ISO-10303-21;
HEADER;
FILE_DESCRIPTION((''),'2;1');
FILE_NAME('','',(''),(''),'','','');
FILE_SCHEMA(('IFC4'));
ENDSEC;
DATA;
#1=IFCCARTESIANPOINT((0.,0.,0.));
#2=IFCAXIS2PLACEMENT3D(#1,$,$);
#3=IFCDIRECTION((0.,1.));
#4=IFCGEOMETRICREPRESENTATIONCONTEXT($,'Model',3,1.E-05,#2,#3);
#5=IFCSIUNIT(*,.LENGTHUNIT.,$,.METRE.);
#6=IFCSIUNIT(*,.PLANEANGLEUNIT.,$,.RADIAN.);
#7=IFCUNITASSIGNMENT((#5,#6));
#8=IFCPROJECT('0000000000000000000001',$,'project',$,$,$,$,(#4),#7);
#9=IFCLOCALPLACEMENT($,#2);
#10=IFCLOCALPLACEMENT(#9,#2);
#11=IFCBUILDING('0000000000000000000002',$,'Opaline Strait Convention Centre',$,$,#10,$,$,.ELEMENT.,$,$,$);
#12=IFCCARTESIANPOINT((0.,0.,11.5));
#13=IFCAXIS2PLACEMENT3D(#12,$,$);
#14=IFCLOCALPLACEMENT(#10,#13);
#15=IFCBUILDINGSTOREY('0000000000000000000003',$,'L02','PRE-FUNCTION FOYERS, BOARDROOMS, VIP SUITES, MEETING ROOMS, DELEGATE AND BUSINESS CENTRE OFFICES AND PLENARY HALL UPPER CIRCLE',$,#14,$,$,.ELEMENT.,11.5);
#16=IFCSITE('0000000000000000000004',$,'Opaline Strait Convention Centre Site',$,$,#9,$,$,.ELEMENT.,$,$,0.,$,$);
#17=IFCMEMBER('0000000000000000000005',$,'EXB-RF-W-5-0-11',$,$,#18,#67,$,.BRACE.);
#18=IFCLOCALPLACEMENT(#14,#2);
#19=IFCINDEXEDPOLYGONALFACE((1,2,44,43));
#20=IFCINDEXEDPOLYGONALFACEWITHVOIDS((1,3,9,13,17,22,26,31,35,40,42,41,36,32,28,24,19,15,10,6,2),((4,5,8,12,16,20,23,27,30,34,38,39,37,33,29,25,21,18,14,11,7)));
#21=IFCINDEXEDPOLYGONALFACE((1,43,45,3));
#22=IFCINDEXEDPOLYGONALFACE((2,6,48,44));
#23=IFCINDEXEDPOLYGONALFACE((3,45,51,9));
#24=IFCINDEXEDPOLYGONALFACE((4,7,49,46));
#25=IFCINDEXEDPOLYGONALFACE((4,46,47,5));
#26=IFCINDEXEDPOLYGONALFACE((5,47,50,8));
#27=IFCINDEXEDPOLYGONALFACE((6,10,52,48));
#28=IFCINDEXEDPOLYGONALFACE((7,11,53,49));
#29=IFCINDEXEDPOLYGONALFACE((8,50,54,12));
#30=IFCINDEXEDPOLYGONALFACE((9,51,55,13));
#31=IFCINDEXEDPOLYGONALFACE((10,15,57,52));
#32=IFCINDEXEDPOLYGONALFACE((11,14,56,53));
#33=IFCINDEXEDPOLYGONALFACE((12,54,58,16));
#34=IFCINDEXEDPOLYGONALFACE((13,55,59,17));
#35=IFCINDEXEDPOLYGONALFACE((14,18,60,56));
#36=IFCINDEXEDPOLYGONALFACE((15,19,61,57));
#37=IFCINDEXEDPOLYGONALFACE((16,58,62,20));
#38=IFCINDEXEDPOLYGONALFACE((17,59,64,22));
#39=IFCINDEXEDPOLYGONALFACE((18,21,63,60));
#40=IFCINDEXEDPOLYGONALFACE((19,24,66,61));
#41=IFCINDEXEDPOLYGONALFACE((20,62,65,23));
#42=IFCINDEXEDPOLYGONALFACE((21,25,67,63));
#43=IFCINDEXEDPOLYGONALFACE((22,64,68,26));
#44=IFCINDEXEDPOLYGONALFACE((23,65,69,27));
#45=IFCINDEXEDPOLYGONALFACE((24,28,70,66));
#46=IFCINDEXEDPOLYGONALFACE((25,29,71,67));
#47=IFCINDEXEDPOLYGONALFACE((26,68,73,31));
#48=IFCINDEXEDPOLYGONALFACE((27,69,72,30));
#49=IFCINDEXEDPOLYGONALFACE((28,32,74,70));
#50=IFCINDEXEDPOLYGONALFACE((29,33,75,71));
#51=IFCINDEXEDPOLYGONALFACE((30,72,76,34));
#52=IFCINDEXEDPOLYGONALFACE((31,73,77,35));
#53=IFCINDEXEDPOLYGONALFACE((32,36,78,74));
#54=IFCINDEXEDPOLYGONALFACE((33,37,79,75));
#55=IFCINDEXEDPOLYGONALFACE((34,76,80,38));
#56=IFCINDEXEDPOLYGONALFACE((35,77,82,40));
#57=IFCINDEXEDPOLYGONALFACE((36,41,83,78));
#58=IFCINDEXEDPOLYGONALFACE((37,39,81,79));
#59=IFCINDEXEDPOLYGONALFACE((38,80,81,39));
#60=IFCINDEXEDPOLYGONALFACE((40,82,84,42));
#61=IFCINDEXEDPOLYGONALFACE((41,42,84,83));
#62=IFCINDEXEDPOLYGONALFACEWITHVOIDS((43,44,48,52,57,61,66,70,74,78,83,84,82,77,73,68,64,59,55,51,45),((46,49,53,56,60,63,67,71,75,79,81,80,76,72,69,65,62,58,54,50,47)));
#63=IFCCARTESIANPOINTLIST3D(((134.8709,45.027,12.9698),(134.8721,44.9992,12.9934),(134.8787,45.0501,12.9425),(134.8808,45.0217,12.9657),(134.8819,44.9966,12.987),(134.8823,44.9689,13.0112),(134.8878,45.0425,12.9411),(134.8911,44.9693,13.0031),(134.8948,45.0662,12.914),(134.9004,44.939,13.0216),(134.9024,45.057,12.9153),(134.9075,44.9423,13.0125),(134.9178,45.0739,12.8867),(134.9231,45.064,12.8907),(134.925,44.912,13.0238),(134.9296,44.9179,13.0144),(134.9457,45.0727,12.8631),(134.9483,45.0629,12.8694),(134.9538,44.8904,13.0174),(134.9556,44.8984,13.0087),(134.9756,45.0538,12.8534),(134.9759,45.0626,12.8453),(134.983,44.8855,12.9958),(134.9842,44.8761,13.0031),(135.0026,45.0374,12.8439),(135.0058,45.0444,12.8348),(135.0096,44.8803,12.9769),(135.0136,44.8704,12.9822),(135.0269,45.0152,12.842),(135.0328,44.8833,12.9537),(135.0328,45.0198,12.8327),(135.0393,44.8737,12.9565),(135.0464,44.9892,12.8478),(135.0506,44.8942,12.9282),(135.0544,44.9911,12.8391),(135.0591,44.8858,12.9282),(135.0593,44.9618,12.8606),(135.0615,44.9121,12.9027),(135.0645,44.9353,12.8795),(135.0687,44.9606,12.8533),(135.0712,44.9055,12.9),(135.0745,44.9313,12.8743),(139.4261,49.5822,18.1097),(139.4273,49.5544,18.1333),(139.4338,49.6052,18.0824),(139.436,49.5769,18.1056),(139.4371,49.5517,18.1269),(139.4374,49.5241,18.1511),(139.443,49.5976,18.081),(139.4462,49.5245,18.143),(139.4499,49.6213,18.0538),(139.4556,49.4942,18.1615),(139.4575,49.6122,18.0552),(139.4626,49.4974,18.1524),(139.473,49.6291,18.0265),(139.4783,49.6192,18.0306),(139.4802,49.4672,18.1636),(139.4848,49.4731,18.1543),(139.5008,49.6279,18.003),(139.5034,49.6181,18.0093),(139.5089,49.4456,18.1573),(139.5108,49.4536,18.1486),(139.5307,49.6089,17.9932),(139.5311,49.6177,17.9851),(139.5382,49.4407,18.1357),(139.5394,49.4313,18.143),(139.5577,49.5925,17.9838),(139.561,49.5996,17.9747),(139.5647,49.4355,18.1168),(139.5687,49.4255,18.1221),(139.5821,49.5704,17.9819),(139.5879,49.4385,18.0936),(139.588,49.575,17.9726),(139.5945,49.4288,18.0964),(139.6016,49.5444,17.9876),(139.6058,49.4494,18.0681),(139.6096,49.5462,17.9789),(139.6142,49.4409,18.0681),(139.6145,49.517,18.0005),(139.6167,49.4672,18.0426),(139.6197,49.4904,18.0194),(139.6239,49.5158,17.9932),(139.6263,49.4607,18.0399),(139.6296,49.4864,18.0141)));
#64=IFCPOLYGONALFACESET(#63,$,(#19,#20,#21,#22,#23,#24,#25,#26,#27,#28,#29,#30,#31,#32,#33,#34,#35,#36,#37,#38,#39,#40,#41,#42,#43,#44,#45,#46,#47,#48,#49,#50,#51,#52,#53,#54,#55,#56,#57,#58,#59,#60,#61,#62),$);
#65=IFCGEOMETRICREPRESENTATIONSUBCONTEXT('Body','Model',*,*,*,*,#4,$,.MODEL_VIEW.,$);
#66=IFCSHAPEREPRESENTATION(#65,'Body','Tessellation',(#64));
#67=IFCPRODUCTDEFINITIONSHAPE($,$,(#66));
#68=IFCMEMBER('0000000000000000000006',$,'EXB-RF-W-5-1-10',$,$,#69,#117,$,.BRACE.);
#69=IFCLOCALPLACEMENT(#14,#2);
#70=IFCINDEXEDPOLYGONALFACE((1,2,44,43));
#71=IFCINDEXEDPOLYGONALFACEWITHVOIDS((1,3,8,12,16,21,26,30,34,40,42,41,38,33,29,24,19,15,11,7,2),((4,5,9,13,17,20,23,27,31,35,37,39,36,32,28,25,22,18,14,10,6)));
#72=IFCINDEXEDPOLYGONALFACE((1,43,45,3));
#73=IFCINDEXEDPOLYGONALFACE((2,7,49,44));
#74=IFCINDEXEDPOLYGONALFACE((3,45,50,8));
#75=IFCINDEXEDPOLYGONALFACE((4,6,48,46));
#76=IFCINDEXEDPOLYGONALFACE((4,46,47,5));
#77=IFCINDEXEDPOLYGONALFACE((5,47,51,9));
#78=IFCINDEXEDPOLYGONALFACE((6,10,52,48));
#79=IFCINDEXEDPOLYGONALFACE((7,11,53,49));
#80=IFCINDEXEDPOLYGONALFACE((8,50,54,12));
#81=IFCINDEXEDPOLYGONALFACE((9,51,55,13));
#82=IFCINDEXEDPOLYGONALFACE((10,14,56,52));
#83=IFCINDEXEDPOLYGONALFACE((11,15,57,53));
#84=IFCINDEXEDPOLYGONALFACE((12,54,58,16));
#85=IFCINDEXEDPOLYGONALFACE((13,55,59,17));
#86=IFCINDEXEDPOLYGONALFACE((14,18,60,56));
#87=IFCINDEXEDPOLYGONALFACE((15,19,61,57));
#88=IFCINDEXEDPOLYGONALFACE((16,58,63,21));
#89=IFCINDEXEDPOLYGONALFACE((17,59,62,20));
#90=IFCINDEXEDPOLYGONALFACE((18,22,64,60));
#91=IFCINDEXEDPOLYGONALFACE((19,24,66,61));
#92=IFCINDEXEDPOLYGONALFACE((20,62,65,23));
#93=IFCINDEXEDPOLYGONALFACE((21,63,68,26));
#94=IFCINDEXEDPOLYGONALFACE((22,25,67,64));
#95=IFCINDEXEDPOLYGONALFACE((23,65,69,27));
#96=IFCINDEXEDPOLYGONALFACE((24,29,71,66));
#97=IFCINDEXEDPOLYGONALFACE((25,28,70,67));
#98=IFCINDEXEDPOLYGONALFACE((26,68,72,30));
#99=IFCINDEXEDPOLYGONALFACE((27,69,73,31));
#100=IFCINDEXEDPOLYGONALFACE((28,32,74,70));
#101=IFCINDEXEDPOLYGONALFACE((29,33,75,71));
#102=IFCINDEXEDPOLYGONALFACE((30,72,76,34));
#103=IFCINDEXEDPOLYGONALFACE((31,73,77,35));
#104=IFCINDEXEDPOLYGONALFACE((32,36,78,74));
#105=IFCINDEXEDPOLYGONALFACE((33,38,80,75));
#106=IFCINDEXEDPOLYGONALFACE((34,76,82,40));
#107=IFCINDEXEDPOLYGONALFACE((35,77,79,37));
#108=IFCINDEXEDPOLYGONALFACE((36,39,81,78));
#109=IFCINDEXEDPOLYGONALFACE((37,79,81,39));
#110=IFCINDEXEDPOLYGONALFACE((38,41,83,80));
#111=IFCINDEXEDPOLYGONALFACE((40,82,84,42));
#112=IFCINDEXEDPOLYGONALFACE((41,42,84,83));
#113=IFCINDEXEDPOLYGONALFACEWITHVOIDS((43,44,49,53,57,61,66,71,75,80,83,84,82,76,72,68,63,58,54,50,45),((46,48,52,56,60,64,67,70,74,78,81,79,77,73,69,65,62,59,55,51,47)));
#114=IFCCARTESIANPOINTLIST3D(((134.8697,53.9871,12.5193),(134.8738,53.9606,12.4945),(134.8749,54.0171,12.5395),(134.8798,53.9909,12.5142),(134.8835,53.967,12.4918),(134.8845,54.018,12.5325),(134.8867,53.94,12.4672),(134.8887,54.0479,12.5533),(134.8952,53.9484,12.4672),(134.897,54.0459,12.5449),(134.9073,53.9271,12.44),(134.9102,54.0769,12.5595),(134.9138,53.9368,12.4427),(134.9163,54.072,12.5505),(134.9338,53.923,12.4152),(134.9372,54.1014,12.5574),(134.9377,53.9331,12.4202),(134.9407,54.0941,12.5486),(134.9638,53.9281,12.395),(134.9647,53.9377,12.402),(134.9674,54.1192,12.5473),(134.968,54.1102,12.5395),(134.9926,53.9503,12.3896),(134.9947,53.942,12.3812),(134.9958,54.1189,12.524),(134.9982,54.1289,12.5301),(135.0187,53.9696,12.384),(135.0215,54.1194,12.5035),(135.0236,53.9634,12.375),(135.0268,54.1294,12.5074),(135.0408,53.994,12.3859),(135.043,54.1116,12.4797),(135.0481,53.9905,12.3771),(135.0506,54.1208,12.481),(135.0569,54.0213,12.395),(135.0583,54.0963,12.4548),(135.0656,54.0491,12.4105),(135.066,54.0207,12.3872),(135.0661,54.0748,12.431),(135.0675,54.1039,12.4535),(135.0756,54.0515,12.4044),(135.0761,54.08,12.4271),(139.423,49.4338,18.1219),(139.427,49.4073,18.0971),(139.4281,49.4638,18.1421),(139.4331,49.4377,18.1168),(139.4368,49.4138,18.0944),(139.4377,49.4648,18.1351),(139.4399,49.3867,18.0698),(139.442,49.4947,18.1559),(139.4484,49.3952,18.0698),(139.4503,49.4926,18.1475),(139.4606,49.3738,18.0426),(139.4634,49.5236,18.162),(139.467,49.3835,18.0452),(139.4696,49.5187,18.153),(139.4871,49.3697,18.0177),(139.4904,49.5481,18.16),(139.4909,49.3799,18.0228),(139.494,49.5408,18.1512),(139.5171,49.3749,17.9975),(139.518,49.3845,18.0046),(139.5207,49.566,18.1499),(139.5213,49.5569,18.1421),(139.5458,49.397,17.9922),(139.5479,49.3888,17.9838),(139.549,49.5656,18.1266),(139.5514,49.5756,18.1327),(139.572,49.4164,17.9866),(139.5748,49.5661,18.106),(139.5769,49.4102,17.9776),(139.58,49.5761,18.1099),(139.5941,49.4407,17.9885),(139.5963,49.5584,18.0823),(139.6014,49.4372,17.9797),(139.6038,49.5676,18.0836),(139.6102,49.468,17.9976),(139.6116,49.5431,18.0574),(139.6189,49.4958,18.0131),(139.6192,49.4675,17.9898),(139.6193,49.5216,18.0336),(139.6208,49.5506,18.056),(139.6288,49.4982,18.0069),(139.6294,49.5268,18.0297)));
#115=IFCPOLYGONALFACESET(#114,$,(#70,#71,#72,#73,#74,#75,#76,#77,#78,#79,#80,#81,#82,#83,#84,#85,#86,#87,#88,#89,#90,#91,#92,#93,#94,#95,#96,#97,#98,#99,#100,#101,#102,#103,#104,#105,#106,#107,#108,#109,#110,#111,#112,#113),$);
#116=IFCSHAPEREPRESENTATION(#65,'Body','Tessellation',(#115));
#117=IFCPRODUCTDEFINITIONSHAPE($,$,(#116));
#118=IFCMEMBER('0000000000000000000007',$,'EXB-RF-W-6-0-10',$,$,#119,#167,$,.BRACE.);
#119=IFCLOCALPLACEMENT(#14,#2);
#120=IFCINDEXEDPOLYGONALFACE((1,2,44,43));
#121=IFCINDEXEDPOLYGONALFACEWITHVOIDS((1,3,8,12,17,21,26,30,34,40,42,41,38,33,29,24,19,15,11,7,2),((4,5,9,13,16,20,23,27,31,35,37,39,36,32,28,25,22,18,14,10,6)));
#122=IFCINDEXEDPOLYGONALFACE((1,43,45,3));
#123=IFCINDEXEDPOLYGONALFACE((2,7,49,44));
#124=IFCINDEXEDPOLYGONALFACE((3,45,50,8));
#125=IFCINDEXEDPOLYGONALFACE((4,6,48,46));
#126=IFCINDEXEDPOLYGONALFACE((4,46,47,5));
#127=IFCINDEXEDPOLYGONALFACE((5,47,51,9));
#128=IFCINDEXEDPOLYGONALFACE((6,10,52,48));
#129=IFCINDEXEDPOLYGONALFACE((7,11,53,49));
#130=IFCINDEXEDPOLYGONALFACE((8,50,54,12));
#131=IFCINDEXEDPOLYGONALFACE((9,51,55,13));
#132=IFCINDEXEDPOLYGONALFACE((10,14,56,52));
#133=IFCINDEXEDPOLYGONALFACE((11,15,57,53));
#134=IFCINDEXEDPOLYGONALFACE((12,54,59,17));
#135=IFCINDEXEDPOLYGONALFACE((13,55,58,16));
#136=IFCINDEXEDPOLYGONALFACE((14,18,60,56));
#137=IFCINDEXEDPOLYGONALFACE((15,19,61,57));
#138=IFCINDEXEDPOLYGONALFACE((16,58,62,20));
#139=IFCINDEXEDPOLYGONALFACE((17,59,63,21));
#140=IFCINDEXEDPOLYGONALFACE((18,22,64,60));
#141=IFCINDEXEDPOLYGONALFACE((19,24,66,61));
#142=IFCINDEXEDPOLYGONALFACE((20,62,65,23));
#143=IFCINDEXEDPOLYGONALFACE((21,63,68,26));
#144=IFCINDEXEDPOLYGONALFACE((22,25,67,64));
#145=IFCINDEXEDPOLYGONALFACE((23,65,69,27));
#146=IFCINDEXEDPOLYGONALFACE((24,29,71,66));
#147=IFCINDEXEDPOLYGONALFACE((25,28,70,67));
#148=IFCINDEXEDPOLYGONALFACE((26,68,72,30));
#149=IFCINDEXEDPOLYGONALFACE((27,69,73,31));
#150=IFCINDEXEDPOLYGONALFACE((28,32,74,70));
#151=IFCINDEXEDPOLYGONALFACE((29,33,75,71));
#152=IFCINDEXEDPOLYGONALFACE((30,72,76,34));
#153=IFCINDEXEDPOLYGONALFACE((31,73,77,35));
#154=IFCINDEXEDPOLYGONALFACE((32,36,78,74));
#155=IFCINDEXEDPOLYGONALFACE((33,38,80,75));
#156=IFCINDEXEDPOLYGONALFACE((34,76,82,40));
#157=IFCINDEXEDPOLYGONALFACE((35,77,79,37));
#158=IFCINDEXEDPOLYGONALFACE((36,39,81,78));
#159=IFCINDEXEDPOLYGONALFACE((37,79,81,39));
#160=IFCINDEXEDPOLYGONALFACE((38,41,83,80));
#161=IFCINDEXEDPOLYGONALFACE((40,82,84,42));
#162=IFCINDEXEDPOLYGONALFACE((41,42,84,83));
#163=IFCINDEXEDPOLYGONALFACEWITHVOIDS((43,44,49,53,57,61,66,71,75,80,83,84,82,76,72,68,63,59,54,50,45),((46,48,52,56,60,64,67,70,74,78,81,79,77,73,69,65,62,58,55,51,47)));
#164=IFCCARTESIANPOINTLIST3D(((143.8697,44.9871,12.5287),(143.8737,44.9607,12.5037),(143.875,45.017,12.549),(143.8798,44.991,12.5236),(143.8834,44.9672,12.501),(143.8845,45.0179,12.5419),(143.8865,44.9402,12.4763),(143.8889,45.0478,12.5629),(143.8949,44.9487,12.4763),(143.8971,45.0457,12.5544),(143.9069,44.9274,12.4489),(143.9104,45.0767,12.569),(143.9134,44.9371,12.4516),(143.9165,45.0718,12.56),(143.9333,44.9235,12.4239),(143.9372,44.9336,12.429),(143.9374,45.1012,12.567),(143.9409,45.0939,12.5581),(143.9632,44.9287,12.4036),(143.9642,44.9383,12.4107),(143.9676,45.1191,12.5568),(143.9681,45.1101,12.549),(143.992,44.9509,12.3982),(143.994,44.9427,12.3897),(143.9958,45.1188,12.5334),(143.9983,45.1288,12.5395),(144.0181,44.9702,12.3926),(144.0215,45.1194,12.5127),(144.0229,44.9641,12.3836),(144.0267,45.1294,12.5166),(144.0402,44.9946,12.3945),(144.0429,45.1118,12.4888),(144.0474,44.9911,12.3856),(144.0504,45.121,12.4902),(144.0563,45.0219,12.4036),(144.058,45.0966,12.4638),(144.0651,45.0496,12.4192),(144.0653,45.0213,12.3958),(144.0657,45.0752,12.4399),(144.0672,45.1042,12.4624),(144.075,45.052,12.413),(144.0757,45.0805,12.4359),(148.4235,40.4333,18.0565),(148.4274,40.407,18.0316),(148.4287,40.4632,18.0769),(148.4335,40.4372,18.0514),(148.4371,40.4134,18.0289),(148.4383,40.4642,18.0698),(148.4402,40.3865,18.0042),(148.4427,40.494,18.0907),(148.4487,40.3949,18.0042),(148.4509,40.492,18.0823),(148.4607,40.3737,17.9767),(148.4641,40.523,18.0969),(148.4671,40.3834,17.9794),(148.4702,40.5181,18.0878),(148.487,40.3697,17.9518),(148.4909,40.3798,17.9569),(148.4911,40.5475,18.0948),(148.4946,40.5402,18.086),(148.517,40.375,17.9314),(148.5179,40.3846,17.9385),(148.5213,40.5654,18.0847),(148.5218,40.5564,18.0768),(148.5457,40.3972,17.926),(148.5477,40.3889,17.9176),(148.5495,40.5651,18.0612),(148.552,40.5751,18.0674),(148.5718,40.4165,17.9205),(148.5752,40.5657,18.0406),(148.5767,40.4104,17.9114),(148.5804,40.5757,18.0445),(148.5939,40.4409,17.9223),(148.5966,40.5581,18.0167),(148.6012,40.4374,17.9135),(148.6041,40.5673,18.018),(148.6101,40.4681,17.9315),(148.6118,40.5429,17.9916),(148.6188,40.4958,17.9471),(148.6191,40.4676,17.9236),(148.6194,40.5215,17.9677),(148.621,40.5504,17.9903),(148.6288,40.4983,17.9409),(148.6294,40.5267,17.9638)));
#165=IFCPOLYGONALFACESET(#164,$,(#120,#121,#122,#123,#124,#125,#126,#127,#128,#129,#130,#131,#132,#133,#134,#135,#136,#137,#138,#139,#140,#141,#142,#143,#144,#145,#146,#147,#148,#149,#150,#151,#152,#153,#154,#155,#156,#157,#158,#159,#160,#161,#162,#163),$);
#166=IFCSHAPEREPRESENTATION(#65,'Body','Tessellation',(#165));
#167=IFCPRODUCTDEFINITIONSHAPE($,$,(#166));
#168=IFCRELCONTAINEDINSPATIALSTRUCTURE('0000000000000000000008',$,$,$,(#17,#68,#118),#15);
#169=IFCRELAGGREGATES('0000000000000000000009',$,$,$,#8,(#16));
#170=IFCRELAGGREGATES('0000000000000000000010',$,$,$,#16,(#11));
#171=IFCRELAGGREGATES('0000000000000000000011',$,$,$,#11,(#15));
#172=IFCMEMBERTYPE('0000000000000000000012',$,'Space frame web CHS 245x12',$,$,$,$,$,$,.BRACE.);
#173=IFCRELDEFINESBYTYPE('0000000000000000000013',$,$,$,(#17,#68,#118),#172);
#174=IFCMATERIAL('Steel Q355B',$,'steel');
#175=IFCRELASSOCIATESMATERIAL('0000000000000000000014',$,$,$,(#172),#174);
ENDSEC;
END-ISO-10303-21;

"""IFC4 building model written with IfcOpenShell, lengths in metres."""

from ifc_helpers import new_model, si_unit, direction, frame, origin, origin_2d, place, context, subcontext, project, spatial, hollow_circle, extrude, material, material_profile, profile_set, type_object, element, save


model = new_model("IFC4")

# Units and contexts
model_context = context("Model", 3, precision=1e-05, world=origin(), true_north=direction((0.0, 1.0)))
body_context = subcontext(model_context, "Body", "Model", "MODEL_VIEW")
ifc_project = project(units=[si_unit("LENGTHUNIT", "METRE"), si_unit("PLANEANGLEUNIT", "RADIAN")], contexts=[model_context])

# Site, building, storey
site_placement = place(None, origin())
site = spatial("IfcSite", under=ifc_project, at=site_placement, Name="Opaline Strait Convention Centre Site", CompositionType="ELEMENT", RefElevation=0.0)
building_placement = place(site_placement, origin())
building = spatial("IfcBuilding", under=site, at=building_placement, Name="Opaline Strait Convention Centre", CompositionType="ELEMENT")
storey_placement = place(building_placement, frame((0.0, 0.0, 11.5)))
storey = spatial("IfcBuildingStorey", under=building, at=storey_placement, Name="L02", Description="PRE-FUNCTION FOYERS, BOARDROOMS, VIP SUITES, MEETING ROOMS, DELEGATE AND BUSINESS CENTRE OFFICES AND PLENARY HALL UPPER CIRCLE", CompositionType="ELEMENT", Elevation=11.5)

# Members
ifc_material_1 = material(Name="Steel Q355B", Category="steel")
ifc_material_profile_1 = material_profile(ifc_material_1, hollow_circle(Radius=0.1226, WallThickness=0.012, at=origin_2d()), Name="CHS 245x12")
ifc_profile_set_1 = profile_set([ifc_material_profile_1], Name="Steel Q355B")
member_type_1 = type_object("IfcMemberType", Name="Space frame web CHS 245x12", PredefinedType="BRACE", material=ifc_profile_set_1)
member_1_placement = place(storey_placement, frame((139.5276, 49.5276, 18.0681), z_axis=(-0.552731, -0.552731, -0.623681), x_axis=(0.707107, -0.707107, 0.0)))
element("IfcMember", 1, at=member_1_placement, inside=storey, type_object=member_type_1, Name="EXB-RF-W-5-0-11", PredefinedType="BRACE", context=body_context, shape_type="SweptSolid", body=[
    extrude(hollow_circle(Radius=0.1226, WallThickness=0.012, at=origin_2d()), origin(), (0.0, 0.0, 1.0), 8.2412),
])
member_2_placement = place(storey_placement, frame((139.5266, 49.4734, 18.0698), z_axis=(-0.533455, 0.533455, -0.656393), x_axis=(-0.707107, -0.707107, 0.0)))
element("IfcMember", 2, at=member_2_placement, inside=storey, type_object=member_type_1, Name="EXB-RF-W-5-1-10", PredefinedType="BRACE", context=body_context, shape_type="SweptSolid", body=[
    extrude(hollow_circle(Radius=0.1226, WallThickness=0.012, at=origin_2d()), origin(), (0.0, 0.0, 1.0), 8.5354),
])
for number, where, z_axis, x_axis, name in (
    (3, (148.5269, 40.4731, 18.0042), (-0.53655, 0.53655, -0.651328), (-0.707107, -0.707107, 0.0), "EXB-RF-W-6-0-10"),
):
    element("IfcMember", number, at=place(storey_placement, frame(where, z_axis=z_axis, x_axis=x_axis)), inside=storey, type_object=member_type_1, Name=name, PredefinedType="BRACE", context=body_context, shape_type="SweptSolid", body=[
        extrude(hollow_circle(Radius=0.1226, WallThickness=0.012, at=origin_2d()), origin(), (0.0, 0.0, 1.0), 8.4871),
    ])

save(model, "model.ifc")
